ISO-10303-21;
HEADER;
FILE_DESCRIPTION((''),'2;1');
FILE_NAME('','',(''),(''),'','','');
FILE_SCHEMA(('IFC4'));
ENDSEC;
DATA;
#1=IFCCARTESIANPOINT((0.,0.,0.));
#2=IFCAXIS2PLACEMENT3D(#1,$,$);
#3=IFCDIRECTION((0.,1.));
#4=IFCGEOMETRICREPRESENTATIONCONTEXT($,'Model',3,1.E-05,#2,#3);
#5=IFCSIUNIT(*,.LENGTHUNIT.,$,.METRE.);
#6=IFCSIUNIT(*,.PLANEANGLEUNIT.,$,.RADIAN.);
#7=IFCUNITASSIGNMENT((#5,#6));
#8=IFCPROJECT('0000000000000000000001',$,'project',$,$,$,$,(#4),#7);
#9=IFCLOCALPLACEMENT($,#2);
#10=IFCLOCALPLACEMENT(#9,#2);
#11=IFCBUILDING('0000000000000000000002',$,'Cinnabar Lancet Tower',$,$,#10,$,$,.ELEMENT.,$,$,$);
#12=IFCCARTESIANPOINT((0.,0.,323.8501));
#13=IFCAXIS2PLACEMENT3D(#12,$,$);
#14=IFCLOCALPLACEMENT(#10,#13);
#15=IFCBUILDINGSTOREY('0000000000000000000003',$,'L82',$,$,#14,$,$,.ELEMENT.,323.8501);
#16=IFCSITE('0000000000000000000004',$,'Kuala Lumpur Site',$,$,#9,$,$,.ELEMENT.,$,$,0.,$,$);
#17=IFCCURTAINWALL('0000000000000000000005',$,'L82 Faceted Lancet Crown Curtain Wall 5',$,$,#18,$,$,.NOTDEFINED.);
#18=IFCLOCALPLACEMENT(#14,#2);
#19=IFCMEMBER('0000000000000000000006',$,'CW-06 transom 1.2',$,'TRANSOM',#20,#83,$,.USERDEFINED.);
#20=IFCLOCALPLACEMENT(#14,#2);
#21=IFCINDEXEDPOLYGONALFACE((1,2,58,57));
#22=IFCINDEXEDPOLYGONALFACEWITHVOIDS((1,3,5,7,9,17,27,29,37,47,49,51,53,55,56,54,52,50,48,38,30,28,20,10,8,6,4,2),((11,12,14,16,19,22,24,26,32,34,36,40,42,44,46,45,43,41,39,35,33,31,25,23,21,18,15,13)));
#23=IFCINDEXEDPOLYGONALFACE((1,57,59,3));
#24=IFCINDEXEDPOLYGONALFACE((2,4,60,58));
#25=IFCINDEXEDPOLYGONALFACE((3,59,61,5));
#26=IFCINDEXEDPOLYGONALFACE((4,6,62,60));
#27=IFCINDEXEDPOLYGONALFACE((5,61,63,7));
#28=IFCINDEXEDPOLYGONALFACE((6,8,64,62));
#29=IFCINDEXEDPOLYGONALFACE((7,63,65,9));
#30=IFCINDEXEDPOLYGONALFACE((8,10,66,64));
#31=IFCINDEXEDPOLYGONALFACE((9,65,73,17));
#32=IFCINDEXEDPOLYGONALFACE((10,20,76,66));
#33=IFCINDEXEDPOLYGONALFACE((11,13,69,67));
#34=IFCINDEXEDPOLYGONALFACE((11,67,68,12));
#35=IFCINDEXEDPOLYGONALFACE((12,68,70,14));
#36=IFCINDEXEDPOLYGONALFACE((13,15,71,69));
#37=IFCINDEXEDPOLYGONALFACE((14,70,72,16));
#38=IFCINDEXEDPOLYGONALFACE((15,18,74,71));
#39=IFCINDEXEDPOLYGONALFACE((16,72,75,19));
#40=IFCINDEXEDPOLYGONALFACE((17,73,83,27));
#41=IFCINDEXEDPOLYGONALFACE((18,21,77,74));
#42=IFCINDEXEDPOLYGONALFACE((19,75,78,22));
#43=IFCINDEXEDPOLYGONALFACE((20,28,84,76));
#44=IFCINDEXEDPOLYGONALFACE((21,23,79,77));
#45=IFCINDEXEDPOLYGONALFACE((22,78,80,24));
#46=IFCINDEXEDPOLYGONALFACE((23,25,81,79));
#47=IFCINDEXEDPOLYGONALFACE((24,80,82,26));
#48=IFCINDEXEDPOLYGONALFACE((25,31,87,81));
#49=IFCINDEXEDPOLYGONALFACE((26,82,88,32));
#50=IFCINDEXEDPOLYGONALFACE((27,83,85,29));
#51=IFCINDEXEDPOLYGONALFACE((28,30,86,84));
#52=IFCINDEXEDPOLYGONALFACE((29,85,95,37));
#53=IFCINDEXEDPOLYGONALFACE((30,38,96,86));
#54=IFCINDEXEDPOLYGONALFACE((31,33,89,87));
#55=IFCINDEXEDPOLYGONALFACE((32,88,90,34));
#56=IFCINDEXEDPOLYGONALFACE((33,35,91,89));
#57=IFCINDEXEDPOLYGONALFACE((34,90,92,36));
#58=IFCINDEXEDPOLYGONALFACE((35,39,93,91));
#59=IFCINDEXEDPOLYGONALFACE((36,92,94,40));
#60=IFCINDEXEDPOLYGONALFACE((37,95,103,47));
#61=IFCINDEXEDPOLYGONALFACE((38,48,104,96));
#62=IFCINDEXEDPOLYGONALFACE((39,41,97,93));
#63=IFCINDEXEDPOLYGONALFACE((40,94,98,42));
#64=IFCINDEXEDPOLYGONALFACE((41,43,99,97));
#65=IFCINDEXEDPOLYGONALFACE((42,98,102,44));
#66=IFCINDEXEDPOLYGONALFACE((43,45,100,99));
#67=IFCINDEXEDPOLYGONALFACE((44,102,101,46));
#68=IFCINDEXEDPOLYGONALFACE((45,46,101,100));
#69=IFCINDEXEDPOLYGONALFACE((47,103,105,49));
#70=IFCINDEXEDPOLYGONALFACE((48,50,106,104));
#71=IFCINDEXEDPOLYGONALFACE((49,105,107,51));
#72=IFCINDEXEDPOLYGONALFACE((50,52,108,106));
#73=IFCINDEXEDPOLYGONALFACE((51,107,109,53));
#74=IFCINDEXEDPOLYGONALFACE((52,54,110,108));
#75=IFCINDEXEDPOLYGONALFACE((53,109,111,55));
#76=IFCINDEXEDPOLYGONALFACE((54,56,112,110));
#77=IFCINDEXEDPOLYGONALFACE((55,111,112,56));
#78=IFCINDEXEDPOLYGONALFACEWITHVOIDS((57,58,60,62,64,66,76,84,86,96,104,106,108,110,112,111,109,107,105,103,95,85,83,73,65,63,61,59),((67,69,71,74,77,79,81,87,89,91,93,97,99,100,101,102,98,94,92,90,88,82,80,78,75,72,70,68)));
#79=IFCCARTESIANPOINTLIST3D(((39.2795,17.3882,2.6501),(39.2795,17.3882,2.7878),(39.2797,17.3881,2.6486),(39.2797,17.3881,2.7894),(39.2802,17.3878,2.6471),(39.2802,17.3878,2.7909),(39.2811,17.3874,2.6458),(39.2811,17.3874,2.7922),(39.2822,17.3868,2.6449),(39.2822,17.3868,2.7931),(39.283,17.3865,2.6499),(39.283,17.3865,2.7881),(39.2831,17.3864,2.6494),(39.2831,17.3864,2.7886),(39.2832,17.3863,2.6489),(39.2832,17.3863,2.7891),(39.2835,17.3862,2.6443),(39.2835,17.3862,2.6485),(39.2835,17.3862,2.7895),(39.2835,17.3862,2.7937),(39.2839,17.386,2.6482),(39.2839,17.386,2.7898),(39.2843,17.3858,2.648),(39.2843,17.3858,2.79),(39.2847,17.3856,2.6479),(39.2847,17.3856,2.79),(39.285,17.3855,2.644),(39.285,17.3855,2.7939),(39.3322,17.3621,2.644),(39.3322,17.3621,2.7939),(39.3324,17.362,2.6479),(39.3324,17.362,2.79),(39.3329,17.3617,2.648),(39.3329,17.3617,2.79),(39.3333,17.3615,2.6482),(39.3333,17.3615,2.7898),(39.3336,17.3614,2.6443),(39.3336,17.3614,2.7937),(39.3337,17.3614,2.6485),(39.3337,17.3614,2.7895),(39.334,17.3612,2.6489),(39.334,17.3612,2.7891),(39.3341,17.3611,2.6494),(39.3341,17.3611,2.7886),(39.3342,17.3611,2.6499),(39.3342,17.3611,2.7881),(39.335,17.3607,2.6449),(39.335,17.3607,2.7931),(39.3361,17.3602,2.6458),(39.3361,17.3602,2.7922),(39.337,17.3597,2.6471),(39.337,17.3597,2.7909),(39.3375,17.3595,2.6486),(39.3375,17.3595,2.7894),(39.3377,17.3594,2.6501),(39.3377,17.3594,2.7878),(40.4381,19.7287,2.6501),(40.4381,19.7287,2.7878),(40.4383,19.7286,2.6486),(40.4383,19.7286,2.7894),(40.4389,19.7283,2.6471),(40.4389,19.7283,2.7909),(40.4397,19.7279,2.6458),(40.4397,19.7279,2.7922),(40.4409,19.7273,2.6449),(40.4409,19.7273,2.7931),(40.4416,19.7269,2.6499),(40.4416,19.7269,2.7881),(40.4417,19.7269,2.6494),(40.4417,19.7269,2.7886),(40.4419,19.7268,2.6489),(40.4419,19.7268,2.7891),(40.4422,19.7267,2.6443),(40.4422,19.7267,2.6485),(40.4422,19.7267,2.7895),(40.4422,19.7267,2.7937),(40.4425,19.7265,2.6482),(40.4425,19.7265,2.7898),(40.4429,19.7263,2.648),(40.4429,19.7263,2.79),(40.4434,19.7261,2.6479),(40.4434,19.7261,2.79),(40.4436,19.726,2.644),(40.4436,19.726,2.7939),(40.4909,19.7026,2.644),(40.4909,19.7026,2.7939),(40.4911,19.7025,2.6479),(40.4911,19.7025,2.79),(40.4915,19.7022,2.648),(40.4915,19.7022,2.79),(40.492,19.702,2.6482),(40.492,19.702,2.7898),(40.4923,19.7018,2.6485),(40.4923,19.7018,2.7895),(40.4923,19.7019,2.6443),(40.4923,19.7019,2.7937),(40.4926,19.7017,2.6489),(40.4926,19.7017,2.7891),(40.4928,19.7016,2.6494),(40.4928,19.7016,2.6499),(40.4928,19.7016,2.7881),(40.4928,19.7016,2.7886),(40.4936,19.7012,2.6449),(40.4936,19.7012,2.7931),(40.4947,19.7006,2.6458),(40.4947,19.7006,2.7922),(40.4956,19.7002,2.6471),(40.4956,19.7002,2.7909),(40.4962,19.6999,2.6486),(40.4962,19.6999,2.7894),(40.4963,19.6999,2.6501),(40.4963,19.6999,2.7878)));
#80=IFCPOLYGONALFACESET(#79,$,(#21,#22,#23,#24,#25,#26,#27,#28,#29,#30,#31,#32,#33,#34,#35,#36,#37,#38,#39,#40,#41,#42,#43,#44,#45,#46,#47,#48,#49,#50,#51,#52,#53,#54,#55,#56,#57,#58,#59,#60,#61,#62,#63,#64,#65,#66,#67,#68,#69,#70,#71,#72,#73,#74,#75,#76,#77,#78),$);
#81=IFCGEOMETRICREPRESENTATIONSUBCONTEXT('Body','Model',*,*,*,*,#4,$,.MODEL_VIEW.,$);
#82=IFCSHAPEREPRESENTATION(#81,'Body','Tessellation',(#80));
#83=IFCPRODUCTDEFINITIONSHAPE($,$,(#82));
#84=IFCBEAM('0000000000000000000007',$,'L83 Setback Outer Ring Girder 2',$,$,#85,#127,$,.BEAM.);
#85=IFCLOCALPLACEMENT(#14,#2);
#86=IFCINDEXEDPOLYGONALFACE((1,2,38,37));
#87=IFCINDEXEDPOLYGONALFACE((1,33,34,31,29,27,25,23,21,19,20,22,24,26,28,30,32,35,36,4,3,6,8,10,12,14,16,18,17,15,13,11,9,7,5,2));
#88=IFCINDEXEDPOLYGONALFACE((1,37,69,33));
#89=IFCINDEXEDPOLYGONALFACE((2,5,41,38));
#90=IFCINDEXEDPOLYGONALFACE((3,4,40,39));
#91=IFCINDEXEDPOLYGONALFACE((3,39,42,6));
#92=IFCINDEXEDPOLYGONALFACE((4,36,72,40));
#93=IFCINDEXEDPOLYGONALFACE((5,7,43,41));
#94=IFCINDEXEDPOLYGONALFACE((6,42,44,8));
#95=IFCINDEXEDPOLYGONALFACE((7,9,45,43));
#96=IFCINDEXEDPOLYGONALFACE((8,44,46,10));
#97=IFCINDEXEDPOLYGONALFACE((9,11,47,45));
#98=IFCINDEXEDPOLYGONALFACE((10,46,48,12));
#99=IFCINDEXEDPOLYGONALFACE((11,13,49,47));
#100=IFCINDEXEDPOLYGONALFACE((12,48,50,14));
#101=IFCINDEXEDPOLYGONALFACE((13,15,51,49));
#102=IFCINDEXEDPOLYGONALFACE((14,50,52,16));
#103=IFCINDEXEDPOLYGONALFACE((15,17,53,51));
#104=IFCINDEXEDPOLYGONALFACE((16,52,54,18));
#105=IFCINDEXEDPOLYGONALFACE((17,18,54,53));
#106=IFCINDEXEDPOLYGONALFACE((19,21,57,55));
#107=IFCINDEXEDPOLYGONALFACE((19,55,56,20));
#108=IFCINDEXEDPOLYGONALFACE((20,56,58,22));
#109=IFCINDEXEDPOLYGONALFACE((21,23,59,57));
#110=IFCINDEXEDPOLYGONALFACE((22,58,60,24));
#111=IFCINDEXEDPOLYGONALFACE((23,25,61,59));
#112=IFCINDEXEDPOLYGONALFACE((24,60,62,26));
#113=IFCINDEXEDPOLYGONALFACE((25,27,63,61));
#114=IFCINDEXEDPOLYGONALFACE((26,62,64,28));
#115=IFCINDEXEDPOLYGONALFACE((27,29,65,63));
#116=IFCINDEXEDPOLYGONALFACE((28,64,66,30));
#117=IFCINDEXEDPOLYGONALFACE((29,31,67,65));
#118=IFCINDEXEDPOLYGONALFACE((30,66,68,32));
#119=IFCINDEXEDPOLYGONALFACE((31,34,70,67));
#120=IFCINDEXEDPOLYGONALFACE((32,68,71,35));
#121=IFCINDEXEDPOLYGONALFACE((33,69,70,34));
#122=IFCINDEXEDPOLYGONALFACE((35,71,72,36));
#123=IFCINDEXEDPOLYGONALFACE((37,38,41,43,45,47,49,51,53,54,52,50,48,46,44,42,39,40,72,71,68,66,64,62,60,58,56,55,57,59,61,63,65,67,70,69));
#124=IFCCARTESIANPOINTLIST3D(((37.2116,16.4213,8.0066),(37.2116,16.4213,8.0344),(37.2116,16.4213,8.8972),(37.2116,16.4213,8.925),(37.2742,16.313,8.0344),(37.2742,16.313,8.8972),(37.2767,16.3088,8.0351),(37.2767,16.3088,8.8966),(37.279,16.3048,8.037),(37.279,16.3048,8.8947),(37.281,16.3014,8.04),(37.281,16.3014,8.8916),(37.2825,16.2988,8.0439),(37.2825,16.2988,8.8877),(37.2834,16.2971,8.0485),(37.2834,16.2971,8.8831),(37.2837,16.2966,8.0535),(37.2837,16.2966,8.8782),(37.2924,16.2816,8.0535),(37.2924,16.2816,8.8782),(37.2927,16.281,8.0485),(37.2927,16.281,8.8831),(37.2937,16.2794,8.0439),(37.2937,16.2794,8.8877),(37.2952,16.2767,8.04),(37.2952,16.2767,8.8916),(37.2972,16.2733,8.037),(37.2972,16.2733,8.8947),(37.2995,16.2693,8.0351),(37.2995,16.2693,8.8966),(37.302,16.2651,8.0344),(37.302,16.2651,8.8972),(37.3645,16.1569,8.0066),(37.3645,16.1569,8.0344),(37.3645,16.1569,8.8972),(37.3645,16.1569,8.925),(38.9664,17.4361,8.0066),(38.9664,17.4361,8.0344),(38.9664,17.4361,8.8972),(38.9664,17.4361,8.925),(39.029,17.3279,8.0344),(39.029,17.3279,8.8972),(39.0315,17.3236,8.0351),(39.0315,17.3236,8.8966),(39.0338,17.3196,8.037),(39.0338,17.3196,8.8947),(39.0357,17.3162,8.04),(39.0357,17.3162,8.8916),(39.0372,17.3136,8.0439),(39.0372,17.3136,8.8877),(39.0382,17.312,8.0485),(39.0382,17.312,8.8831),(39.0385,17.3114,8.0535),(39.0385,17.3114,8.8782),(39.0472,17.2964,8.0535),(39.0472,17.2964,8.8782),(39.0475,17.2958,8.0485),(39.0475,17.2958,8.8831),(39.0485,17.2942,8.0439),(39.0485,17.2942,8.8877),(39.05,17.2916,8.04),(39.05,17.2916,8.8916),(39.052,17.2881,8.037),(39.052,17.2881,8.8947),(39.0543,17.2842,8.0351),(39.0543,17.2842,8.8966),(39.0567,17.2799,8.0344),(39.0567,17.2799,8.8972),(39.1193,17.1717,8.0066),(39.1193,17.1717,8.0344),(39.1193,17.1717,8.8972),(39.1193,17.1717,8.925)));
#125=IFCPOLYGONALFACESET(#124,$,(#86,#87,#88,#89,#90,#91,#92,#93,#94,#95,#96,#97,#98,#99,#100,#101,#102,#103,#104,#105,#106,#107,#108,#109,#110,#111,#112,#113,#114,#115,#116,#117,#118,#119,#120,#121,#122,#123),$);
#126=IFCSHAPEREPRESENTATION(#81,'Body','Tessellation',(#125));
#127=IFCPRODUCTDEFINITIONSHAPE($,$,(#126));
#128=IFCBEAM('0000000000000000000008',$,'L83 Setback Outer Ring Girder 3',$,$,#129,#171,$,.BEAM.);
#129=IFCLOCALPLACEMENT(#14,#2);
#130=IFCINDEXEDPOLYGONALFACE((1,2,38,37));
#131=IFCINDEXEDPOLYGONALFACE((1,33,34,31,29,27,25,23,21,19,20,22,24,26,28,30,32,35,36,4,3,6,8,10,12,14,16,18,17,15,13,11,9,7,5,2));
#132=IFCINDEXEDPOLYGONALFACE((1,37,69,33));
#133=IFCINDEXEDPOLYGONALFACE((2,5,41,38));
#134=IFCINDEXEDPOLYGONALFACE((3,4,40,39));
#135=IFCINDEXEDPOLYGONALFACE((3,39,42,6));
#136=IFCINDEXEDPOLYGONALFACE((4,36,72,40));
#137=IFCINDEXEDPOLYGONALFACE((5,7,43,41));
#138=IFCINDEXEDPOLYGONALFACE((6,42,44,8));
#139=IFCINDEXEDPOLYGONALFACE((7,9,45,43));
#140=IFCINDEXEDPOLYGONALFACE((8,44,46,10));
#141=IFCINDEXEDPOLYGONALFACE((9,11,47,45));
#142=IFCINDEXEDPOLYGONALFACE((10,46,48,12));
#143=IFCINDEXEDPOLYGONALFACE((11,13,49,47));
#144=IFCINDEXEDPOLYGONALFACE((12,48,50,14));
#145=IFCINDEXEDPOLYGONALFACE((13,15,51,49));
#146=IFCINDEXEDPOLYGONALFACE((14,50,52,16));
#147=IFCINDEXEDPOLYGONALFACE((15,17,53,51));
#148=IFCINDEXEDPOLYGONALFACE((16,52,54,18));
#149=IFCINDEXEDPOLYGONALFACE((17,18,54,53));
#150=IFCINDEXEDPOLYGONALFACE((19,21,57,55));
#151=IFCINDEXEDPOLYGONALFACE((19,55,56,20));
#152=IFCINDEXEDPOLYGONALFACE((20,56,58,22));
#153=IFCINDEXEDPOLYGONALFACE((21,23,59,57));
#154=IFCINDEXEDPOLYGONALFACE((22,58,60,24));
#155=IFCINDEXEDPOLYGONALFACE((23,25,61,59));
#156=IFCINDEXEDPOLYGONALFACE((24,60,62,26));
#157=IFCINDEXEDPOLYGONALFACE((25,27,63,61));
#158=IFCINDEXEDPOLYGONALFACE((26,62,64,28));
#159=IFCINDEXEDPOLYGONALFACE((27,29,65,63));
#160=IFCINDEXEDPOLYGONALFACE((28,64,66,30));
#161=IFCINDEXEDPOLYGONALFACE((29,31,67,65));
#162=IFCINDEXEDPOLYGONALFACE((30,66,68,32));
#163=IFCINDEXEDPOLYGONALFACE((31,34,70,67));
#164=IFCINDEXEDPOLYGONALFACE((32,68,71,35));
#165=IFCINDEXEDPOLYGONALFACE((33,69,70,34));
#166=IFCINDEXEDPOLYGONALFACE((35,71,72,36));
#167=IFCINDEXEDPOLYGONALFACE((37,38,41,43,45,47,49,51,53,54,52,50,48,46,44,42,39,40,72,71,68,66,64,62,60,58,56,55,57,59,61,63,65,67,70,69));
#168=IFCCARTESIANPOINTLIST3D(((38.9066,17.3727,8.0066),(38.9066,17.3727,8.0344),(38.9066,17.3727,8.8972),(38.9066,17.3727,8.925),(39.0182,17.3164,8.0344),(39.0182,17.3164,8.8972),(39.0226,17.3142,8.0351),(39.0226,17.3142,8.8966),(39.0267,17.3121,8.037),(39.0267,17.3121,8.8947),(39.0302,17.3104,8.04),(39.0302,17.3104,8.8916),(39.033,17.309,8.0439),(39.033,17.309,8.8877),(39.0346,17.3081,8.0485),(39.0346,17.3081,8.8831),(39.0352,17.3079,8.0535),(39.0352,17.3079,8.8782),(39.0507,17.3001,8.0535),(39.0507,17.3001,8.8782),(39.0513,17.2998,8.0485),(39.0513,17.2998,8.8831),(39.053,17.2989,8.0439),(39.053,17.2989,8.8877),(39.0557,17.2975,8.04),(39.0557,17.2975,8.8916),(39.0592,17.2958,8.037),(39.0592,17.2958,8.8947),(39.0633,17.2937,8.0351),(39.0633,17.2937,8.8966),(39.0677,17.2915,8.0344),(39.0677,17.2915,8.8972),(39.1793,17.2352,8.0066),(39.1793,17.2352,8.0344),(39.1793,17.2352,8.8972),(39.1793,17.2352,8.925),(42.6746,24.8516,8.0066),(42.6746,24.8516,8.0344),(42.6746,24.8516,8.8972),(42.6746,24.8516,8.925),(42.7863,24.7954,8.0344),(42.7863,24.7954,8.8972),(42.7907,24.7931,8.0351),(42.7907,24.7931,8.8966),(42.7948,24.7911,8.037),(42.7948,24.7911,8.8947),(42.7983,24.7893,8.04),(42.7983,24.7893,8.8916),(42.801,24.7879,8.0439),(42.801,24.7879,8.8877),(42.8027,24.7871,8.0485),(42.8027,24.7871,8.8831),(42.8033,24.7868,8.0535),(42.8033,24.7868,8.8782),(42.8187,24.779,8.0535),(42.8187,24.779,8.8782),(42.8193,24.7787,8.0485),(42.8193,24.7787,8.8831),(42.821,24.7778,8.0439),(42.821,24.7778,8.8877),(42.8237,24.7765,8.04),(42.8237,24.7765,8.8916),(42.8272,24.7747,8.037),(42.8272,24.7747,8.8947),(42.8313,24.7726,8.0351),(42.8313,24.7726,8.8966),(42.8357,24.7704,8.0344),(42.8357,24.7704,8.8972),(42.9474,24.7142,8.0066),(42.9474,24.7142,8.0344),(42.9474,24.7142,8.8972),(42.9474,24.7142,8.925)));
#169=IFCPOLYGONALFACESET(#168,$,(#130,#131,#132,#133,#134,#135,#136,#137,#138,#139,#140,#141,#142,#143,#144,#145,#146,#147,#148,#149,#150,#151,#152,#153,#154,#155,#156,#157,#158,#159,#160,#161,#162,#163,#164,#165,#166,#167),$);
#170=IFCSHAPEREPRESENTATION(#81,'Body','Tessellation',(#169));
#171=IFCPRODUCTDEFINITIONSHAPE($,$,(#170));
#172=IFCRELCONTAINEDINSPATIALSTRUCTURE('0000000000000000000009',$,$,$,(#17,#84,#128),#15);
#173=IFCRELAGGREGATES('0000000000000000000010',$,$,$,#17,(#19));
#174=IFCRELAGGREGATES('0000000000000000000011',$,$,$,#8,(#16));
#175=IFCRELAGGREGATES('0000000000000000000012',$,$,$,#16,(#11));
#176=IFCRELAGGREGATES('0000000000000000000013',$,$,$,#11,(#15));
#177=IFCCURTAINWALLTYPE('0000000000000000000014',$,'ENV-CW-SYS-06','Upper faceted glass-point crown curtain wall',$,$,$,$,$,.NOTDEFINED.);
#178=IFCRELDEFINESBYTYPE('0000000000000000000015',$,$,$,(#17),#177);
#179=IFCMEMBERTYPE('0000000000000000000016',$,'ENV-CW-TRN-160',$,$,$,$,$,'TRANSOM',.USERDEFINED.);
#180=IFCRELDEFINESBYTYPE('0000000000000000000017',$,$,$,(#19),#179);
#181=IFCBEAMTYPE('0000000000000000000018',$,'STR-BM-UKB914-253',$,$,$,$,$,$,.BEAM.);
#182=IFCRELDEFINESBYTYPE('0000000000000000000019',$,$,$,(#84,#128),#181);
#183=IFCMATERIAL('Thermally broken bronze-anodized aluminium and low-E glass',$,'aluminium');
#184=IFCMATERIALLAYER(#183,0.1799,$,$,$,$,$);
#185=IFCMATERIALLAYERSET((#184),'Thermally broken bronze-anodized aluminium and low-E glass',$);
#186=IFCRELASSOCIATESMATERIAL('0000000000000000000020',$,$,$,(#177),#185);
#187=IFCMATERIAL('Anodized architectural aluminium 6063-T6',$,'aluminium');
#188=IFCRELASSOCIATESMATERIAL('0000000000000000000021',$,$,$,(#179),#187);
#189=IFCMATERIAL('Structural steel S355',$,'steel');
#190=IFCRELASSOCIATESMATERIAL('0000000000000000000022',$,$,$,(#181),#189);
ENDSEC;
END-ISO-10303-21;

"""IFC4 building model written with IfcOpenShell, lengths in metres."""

from ifc_helpers import new_model, si_unit, direction, frame, origin, origin_2d, place, context, subcontext, project, spatial, hollow_rectangle, i_section, extrude, material, layer, layer_set, material_profile, profile_set, type_object, element, aggregate, save


model = new_model("IFC4")

# Units and contexts
model_context = context("Model", 3, precision=1e-05, world=origin(), true_north=direction((0.0, 1.0)))
body_context = subcontext(model_context, "Body", "Model", "MODEL_VIEW")
ifc_project = project(units=[si_unit("LENGTHUNIT", "METRE"), si_unit("PLANEANGLEUNIT", "RADIAN")], contexts=[model_context])

# Site, building, storey
site_placement = place(None, origin())
site = spatial("IfcSite", under=ifc_project, at=site_placement, Name="Kuala Lumpur Site", CompositionType="ELEMENT", RefElevation=0.0)
building_placement = place(site_placement, origin())
building = spatial("IfcBuilding", under=site, at=building_placement, Name="Cinnabar Lancet Tower", CompositionType="ELEMENT")
storey_placement = place(building_placement, frame((0.0, 0.0, 323.8501)))
storey = spatial("IfcBuildingStorey", under=building, at=storey_placement, Name="L82", CompositionType="ELEMENT", Elevation=323.8501)

# Shared definitions
ifc_material_1 = material(Name="Thermally broken bronze-anodized aluminium and low-E glass", Category="aluminium")
ifc_layer_1 = layer(ifc_material_1, 0.1799)
ifc_layer_set_1 = layer_set([ifc_layer_1], Name="Thermally broken bronze-anodized aluminium and low-E glass")
curtain_wall_type = type_object("IfcCurtainWallType", Name="ENV-CW-SYS-06", Description="Upper faceted glass-point crown curtain wall", PredefinedType="NOTDEFINED", material=ifc_layer_set_1)

# Curtain wall
curtain_wall_1_placement = place(storey_placement, origin())
curtain_wall_1 = element("IfcCurtainWall", 1, at=curtain_wall_1_placement, inside=storey, type_object=curtain_wall_type, Name="L82 Faceted Lancet Crown Curtain Wall 5", PredefinedType="NOTDEFINED")

# Member
ifc_material_2 = material(Name="Anodized architectural aluminium 6063-T6", Category="aluminium")
ifc_material_profile_1 = material_profile(ifc_material_2, hollow_rectangle(XDim=0.0649, YDim=0.1499, WallThickness=0.0039, InnerFilletRadius=0.002, OuterFilletRadius=0.0061, at=origin_2d()), Name="CW-TRN 150x65x4")
ifc_profile_set_1 = profile_set([ifc_material_profile_1], Name="Anodized architectural aluminium 6063-T6")
member_type_1 = type_object("IfcMemberType", Name="ENV-CW-TRN-160", ElementType="TRANSOM", PredefinedType="USERDEFINED", material=ifc_profile_set_1)
member_1_placement = place(storey_placement, frame((39.3086, 17.3738, 2.719), z_axis=(0.443658, 0.896196, 0.0), x_axis=(-0.896196, 0.443658, 0.0)))
member_1 = element("IfcMember", 2, at=member_1_placement, type_object=member_type_1, Name="CW-06 transom 1.2", ObjectType="TRANSOM", PredefinedType="USERDEFINED", context=body_context, shape_type="SweptSolid", body=[
    extrude(hollow_rectangle(XDim=0.0649, YDim=0.1499, WallThickness=0.0039, InnerFilletRadius=0.002, OuterFilletRadius=0.0061, at=origin_2d()), origin(), (0.0, 0.0, 1.0), 2.6116),
])
aggregate(curtain_wall_1, [member_1])

# Beams
ifc_material_3 = material(Name="Structural steel S355", Category="steel")
ifc_material_profile_2 = material_profile(ifc_material_3, i_section(OverallWidth=0.3054, OverallDepth=0.9185, WebThickness=0.0173, FlangeThickness=0.0278, FilletRadius=0.019, at=origin_2d()), Name="UKB 914x305x253")
ifc_profile_set_2 = profile_set([ifc_material_profile_2], Name="Structural steel S355")
beam_type = type_object("IfcBeamType", Name="STR-BM-UKB914-253", PredefinedType="BEAM", material=ifc_profile_set_2)
beam_1_placement = place(storey_placement, frame((37.2881, 16.2891, 8.4658), z_axis=(0.86566, 0.500633, 0.0), x_axis=(-0.500633, 0.86566, 0.0)))
element("IfcBeam", 3, at=beam_1_placement, inside=storey, type_object=beam_type, Name="L83 Setback Outer Ring Girder 2", PredefinedType="BEAM", context=body_context, shape_type="SweptSolid", body=[
    extrude(i_section(OverallWidth=0.3054, OverallDepth=0.9185, WebThickness=0.0173, FlangeThickness=0.0278, FilletRadius=0.019, at=origin_2d()), origin(), (0.0, 0.0, 1.0), 2.0271),
])
beam_2_placement = place(storey_placement, frame((39.043, 17.304, 8.4658), z_axis=(0.44994, 0.893059, 0.0), x_axis=(-0.893059, 0.44994, 0.0)))
element("IfcBeam", 4, at=beam_2_placement, inside=storey, type_object=beam_type, Name="L83 Setback Outer Ring Girder 3", PredefinedType="BEAM", context=body_context, shape_type="SweptSolid", body=[
    extrude(i_section(OverallWidth=0.3054, OverallDepth=0.9185, WebThickness=0.0173, FlangeThickness=0.0278, FilletRadius=0.019, at=origin_2d()), origin(), (0.0, 0.0, 1.0), 8.3745),
])

save(model, "model.ifc")
